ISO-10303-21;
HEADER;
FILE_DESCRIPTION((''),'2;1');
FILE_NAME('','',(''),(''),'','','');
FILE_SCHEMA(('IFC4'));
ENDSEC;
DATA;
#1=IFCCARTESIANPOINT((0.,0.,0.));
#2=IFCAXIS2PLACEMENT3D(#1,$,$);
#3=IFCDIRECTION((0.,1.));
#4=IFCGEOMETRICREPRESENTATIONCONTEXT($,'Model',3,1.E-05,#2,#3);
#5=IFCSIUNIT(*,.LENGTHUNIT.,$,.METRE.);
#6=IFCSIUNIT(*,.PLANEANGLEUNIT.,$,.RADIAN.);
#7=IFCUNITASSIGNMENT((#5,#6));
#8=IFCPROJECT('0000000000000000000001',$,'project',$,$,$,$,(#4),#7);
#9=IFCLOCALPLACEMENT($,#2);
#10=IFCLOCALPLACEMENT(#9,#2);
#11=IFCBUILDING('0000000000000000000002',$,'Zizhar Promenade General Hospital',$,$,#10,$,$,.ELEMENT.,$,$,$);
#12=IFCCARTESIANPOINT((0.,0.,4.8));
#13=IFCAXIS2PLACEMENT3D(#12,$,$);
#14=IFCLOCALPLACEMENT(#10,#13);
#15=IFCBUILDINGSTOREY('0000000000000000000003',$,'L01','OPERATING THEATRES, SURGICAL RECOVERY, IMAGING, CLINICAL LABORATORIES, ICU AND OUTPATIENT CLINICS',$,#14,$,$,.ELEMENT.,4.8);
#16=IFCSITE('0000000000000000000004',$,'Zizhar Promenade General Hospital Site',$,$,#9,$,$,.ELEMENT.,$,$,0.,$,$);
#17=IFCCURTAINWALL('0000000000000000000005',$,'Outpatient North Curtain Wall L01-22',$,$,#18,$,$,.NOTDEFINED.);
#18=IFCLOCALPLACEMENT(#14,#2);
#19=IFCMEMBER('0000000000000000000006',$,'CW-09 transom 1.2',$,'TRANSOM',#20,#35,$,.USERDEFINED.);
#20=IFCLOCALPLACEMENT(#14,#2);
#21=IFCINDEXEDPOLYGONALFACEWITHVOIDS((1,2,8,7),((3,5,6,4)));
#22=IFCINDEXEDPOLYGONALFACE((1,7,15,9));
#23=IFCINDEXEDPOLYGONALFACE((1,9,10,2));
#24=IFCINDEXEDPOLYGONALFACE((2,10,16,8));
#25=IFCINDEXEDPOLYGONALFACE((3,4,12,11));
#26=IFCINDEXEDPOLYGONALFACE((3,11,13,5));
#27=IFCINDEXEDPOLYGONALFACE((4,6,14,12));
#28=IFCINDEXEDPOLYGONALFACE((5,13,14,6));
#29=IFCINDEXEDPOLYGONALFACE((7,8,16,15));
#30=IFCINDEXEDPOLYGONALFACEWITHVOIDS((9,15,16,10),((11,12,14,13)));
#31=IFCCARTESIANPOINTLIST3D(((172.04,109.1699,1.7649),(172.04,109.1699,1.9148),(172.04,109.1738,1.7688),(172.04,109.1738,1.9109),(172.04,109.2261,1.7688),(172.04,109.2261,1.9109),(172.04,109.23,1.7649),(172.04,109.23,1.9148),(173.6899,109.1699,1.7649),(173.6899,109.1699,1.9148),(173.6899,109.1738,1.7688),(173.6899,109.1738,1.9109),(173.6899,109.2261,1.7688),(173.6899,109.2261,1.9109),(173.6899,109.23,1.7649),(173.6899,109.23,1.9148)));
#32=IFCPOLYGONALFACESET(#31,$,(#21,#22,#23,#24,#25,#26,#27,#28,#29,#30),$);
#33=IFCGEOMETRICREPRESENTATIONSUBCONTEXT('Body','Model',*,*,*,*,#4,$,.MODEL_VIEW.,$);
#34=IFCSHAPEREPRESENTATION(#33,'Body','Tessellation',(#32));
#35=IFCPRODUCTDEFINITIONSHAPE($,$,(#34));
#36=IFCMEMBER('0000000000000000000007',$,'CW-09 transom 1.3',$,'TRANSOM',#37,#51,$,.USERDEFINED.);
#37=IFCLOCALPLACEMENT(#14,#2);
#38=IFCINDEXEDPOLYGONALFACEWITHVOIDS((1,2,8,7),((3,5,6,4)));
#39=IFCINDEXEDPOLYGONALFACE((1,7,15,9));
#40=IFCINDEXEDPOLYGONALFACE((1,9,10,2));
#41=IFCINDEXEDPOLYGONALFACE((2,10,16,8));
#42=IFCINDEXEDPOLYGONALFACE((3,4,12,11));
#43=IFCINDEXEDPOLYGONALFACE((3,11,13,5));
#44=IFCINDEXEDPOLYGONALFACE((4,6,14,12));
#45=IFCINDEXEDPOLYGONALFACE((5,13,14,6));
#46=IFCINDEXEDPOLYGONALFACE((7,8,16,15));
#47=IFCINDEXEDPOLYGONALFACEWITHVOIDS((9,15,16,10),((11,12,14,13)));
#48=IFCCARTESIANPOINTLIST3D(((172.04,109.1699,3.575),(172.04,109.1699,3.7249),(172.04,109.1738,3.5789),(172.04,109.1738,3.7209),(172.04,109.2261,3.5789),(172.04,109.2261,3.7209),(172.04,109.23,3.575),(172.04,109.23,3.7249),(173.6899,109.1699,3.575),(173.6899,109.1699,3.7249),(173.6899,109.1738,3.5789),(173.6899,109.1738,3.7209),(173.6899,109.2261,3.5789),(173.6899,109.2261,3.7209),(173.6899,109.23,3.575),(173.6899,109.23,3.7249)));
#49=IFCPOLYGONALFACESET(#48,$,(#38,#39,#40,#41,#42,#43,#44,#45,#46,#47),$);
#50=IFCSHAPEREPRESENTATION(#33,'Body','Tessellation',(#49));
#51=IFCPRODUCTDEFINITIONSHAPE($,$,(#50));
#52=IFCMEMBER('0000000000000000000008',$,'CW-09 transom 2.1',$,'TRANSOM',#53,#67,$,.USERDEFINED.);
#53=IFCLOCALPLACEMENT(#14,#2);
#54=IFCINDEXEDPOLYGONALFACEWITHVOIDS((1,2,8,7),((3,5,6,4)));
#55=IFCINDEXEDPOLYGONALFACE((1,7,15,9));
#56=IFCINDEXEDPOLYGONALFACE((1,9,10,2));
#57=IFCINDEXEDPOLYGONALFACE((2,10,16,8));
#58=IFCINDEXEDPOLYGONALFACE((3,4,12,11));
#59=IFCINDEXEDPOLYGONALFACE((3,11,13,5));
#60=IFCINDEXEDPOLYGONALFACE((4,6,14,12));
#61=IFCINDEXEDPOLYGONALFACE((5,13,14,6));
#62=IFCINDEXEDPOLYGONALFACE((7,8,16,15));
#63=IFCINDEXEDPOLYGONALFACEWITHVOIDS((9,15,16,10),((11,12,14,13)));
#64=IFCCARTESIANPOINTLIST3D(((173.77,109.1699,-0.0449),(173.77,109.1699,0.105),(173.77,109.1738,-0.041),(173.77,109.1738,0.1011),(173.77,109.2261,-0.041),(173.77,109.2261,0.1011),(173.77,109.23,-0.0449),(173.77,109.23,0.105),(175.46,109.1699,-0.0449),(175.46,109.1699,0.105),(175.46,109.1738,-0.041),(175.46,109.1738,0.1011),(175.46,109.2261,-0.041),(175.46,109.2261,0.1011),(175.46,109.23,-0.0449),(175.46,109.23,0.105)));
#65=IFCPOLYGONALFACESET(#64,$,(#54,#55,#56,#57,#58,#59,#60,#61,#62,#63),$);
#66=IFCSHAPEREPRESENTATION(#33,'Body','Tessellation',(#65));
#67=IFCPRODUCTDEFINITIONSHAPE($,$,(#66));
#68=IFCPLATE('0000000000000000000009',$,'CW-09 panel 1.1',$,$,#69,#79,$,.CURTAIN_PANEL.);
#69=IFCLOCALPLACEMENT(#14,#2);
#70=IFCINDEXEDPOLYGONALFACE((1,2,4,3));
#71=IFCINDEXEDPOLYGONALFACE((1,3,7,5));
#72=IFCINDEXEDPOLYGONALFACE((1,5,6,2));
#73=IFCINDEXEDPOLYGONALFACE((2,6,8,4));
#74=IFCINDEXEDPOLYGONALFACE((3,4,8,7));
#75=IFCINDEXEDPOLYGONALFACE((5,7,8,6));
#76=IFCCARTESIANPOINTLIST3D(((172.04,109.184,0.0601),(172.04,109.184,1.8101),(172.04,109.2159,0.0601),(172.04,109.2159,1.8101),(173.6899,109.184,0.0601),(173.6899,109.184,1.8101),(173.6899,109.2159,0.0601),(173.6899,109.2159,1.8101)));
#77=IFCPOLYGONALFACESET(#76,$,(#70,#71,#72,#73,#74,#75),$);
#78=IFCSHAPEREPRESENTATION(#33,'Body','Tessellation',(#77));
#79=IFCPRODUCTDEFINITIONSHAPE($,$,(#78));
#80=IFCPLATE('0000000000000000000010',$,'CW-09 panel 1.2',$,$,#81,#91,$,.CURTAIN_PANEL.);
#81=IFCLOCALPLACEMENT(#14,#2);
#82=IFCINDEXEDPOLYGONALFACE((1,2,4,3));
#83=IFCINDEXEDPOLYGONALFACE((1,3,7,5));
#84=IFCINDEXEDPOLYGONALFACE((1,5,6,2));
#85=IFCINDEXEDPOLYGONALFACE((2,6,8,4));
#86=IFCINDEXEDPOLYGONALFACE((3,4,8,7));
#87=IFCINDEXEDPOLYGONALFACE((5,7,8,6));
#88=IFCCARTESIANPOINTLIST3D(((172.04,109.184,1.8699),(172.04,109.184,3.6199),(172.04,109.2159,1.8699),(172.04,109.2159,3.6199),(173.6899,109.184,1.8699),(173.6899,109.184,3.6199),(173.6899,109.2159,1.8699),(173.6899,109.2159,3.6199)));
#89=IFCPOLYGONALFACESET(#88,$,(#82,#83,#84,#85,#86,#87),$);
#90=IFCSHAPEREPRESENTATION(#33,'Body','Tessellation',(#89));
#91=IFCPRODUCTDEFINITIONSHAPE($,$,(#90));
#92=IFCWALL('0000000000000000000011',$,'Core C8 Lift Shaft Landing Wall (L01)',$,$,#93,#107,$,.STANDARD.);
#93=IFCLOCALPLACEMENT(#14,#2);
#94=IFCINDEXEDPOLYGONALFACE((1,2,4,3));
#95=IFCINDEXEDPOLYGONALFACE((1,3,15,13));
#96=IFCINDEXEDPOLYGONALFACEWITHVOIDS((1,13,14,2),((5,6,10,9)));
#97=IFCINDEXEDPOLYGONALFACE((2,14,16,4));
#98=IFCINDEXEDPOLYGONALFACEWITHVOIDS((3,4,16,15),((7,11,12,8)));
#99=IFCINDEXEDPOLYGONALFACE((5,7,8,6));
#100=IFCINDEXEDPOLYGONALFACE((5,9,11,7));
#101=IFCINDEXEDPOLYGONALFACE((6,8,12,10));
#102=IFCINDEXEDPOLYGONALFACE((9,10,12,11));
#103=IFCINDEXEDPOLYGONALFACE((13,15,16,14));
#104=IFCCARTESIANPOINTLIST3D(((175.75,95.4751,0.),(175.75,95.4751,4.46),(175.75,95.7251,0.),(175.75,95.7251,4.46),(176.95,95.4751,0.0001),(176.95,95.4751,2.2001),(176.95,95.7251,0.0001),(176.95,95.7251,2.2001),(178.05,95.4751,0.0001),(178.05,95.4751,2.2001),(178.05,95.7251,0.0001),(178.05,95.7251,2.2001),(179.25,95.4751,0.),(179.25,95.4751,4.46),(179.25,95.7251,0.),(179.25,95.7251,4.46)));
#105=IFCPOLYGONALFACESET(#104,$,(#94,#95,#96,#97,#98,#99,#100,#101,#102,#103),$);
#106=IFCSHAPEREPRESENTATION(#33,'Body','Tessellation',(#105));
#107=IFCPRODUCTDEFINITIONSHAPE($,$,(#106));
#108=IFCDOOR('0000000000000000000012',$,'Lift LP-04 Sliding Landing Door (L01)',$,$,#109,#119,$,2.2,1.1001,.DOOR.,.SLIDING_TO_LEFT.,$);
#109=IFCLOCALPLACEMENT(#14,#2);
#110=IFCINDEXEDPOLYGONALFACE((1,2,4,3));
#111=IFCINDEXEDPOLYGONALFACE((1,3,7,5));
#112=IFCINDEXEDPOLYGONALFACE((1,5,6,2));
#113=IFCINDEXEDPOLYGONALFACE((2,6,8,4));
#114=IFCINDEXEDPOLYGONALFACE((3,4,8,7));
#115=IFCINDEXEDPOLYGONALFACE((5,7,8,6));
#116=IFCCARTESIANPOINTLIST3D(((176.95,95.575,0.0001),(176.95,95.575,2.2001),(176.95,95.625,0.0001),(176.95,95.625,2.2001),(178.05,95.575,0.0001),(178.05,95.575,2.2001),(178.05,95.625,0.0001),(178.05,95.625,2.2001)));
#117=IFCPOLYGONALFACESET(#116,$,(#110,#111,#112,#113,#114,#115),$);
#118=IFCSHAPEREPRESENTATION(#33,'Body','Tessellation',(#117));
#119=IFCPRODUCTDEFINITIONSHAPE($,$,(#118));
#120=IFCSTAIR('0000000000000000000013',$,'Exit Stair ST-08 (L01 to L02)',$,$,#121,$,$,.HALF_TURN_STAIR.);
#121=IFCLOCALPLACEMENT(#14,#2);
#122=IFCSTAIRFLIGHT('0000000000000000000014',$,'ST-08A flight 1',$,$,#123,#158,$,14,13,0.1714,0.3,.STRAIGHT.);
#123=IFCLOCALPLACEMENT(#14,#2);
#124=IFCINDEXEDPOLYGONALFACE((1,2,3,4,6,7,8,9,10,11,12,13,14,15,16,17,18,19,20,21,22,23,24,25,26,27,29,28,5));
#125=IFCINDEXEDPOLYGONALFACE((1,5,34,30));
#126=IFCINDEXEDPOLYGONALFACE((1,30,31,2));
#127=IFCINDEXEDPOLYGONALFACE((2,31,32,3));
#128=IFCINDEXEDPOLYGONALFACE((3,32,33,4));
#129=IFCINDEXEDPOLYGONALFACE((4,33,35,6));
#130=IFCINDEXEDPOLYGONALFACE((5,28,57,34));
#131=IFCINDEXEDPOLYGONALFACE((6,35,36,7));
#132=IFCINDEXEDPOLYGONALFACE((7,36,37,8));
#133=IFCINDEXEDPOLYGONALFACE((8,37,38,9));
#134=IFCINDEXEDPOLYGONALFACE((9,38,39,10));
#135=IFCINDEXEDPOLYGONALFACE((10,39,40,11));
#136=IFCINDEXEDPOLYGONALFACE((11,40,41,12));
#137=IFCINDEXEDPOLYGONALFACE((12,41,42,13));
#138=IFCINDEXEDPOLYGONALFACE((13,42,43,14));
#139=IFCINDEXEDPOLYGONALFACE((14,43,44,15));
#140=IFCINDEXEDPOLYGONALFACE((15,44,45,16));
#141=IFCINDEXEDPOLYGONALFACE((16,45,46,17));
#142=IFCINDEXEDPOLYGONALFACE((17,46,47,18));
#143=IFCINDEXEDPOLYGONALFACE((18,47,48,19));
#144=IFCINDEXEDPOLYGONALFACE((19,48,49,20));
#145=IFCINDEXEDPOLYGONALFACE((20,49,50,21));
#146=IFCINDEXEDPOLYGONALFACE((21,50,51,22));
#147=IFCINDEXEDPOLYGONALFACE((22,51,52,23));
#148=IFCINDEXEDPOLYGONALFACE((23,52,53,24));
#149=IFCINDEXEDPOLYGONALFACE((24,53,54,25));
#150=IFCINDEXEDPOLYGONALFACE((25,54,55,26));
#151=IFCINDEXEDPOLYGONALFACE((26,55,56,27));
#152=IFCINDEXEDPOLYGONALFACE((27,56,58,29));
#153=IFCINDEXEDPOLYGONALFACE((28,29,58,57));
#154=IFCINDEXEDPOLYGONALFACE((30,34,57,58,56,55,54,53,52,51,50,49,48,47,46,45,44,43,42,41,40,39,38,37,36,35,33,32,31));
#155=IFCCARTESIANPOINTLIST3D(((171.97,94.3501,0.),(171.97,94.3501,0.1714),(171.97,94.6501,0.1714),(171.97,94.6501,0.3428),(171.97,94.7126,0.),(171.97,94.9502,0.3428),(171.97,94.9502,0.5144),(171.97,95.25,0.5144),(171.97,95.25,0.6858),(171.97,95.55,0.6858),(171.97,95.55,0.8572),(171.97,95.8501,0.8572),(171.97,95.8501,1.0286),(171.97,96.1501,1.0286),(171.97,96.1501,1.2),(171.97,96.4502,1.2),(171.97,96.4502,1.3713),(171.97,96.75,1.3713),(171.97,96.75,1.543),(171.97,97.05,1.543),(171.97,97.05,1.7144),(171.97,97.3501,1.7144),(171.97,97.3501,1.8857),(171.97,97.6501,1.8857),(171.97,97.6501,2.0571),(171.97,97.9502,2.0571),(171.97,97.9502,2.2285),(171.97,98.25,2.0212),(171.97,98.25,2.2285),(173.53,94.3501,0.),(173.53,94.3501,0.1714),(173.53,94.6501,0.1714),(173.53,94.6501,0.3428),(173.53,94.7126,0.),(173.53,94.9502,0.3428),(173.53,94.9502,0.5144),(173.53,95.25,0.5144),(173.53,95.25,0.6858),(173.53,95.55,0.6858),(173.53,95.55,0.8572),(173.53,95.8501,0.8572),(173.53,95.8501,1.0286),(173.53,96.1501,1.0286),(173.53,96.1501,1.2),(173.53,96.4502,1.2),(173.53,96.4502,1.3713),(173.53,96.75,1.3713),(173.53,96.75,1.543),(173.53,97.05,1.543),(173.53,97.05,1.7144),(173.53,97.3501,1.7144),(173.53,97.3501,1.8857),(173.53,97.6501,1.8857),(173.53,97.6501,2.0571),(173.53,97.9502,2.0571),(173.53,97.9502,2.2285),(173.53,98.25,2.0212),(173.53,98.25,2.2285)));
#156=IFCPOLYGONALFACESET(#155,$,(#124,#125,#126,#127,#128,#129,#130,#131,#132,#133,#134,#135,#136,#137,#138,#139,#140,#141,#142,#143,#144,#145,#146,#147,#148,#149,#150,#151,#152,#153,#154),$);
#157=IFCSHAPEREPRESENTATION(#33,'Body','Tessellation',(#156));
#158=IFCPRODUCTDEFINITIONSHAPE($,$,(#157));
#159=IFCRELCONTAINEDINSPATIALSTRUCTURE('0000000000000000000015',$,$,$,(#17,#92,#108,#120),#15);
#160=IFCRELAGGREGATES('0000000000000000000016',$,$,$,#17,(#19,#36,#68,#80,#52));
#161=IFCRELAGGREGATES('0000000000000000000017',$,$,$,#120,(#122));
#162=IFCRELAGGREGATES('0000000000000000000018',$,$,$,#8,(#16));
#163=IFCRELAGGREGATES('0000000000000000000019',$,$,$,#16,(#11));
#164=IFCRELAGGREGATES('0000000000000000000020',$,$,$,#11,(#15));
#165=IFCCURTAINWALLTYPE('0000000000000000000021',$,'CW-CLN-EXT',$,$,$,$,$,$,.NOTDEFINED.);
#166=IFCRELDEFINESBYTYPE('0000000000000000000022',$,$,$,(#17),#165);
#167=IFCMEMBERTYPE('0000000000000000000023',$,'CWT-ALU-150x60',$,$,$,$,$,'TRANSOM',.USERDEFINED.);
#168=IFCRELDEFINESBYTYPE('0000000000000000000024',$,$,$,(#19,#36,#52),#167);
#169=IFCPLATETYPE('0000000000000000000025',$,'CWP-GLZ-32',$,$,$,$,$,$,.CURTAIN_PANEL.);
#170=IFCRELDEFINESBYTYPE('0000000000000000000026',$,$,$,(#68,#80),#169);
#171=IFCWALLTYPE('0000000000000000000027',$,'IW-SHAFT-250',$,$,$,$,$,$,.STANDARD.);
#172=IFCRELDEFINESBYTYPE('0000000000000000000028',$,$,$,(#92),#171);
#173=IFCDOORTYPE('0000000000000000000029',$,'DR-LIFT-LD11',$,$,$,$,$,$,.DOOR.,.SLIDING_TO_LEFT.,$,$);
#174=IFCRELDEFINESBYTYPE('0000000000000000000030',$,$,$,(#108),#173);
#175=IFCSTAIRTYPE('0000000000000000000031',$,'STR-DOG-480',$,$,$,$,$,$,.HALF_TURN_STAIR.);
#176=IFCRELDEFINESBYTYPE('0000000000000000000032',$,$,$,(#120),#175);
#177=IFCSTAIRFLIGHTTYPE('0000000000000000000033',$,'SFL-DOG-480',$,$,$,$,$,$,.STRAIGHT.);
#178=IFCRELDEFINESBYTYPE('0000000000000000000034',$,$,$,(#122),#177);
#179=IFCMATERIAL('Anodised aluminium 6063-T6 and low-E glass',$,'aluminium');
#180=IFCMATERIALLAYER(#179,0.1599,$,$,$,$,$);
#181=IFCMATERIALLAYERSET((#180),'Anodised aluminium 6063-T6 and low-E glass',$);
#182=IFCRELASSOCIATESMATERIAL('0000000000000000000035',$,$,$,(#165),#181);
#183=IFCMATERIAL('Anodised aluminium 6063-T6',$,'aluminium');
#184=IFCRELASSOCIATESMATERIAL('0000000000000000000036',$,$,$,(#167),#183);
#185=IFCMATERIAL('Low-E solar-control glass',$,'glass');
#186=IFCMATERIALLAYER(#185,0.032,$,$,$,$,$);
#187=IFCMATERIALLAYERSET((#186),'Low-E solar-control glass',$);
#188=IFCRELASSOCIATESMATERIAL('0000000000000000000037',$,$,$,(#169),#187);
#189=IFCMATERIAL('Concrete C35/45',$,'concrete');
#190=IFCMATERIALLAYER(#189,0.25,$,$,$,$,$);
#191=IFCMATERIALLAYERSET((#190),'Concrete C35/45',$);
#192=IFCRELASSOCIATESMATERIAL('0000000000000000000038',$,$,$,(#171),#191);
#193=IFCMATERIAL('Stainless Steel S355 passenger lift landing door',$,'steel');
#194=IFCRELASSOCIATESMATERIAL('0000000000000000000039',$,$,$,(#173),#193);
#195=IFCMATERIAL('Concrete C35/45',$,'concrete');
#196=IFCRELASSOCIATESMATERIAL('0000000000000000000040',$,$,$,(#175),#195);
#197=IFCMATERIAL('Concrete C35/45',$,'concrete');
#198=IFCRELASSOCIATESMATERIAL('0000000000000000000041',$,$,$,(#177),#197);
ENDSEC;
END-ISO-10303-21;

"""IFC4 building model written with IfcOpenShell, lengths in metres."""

from ifc_helpers import new_model, si_unit, direction, frame, frame_2d, origin, origin_2d, place, context, subcontext, project, spatial, polyline, rectangle, hollow_rectangle, outline, extrude, material, layer, layer_set, material_profile, profile_set, type_object, element, fill, aggregate, save


model = new_model("IFC4")

# Units and contexts
model_context = context("Model", 3, precision=1e-05, world=origin(), true_north=direction((0.0, 1.0)))
body_context = subcontext(model_context, "Body", "Model", "MODEL_VIEW")
ifc_project = project(units=[si_unit("LENGTHUNIT", "METRE"), si_unit("PLANEANGLEUNIT", "RADIAN")], contexts=[model_context])

# Site, building, storey
site_placement = place(None, origin())
site = spatial("IfcSite", under=ifc_project, at=site_placement, Name="Zizhar Promenade General Hospital Site", CompositionType="ELEMENT", RefElevation=0.0)
building_placement = place(site_placement, origin())
building = spatial("IfcBuilding", under=site, at=building_placement, Name="Zizhar Promenade General Hospital", CompositionType="ELEMENT")
storey_placement = place(building_placement, frame((0.0, 0.0, 4.8)))
storey = spatial("IfcBuildingStorey", under=building, at=storey_placement, Name="L01", Description="OPERATING THEATRES, SURGICAL RECOVERY, IMAGING, CLINICAL LABORATORIES, ICU AND OUTPATIENT CLINICS", CompositionType="ELEMENT", Elevation=4.8)

# Curtain wall, members, plates
ifc_material_1 = material(Name="Anodised aluminium 6063-T6 and low-E glass", Category="aluminium")
ifc_layer_1 = layer(ifc_material_1, 0.1599)
ifc_layer_set_1 = layer_set([ifc_layer_1], Name="Anodised aluminium 6063-T6 and low-E glass")
curtain_wall_type = type_object("IfcCurtainWallType", Name="CW-CLN-EXT", PredefinedType="NOTDEFINED", material=ifc_layer_set_1)
curtain_wall_placement = place(storey_placement, origin())
curtain_wall = element("IfcCurtainWall", 1, at=curtain_wall_placement, inside=storey, type_object=curtain_wall_type, Name="Outpatient North Curtain Wall L01-22", PredefinedType="NOTDEFINED")
ifc_material_2 = material(Name="Anodised aluminium 6063-T6", Category="aluminium")
ifc_material_profile_1 = material_profile(ifc_material_2, hollow_rectangle(XDim=0.0601, YDim=0.1499, WallThickness=0.0039, at=origin_2d()))
ifc_profile_set_1 = profile_set([ifc_material_profile_1], Name="Anodised aluminium 6063-T6")
member_type_1 = type_object("IfcMemberType", Name="CWT-ALU-150x60", ElementType="TRANSOM", PredefinedType="USERDEFINED", material=ifc_profile_set_1)
member_1_placement = place(storey_placement, frame((172.04, 109.2, 1.8398), z_axis=(1.0, 0.0, 0.0), x_axis=(0.0, 1.0, 0.0)))
member_1 = element("IfcMember", 2, at=member_1_placement, type_object=member_type_1, Name="CW-09 transom 1.2", ObjectType="TRANSOM", PredefinedType="USERDEFINED", context=body_context, shape_type="SweptSolid", body=[
    extrude(hollow_rectangle(XDim=0.0601, YDim=0.1499, WallThickness=0.0039, at=origin_2d()), origin(), (0.0, 0.0, 1.0), 1.6499),
])
member_2_placement = place(storey_placement, frame((172.04, 109.2, 3.6499), z_axis=(1.0, 0.0, 0.0), x_axis=(0.0, 1.0, 0.0)))
member_2 = element("IfcMember", 3, at=member_2_placement, type_object=member_type_1, Name="CW-09 transom 1.3", ObjectType="TRANSOM", PredefinedType="USERDEFINED", context=body_context, shape_type="SweptSolid", body=[
    extrude(hollow_rectangle(XDim=0.0601, YDim=0.1499, WallThickness=0.0039, at=origin_2d()), origin(), (0.0, 0.0, 1.0), 1.6499),
])
member_3_placement = place(storey_placement, frame((173.77, 109.2, 0.03), z_axis=(1.0, 0.0, 0.0), x_axis=(0.0, 1.0, 0.0)))
member_3 = element("IfcMember", 4, at=member_3_placement, type_object=member_type_1, Name="CW-09 transom 2.1", ObjectType="TRANSOM", PredefinedType="USERDEFINED", context=body_context, shape_type="SweptSolid", body=[
    extrude(hollow_rectangle(XDim=0.0601, YDim=0.1499, WallThickness=0.0039, at=origin_2d()), origin(), (0.0, 0.0, 1.0), 1.6899),
])
ifc_material_3 = material(Name="Low-E solar-control glass", Category="glass")
ifc_layer_2 = layer(ifc_material_3, 0.032)
ifc_layer_set_2 = layer_set([ifc_layer_2], Name="Low-E solar-control glass")
plate_type = type_object("IfcPlateType", Name="CWP-GLZ-32", PredefinedType="CURTAIN_PANEL", material=ifc_layer_set_2)
plate_1_placement = place(storey_placement, frame((172.865, 109.2, 0.0601), z_axis=(0.0, 0.0, 1.0), x_axis=(1.0, 0.0, 0.0)))
plate_1 = element("IfcPlate", 5, at=plate_1_placement, type_object=plate_type, Name="CW-09 panel 1.1", PredefinedType="CURTAIN_PANEL", context=body_context, shape_type="SweptSolid", body=[
    extrude(rectangle(XDim=1.6499, YDim=0.032, at=origin_2d()), origin(), (0.0, 0.0, 1.0), 1.75),
])
plate_2_placement = place(storey_placement, frame((172.865, 109.2, 1.8699), z_axis=(0.0, 0.0, 1.0), x_axis=(1.0, 0.0, 0.0)))
plate_2 = element("IfcPlate", 6, at=plate_2_placement, type_object=plate_type, Name="CW-09 panel 1.2", PredefinedType="CURTAIN_PANEL", context=body_context, shape_type="SweptSolid", body=[
    extrude(rectangle(XDim=1.6499, YDim=0.032, at=origin_2d()), origin(), (0.0, 0.0, 1.0), 1.75),
])
aggregate(curtain_wall, [member_1, member_2, plate_1, plate_2, member_3])

# Wall, opening, door
ifc_material_4 = material(Name="Concrete C35/45", Category="concrete")
ifc_layer_3 = layer(ifc_material_4, 0.25)
ifc_layer_set_3 = layer_set([ifc_layer_3], Name="Concrete C35/45")
wall_type = type_object("IfcWallType", Name="IW-SHAFT-250", PredefinedType="STANDARD", material=ifc_layer_set_3)
wall_placement = place(storey_placement, frame((175.75, 95.6001, 0.0), z_axis=(0.0, 0.0, 1.0), x_axis=(1.0, 0.0, 0.0)))
wall = element("IfcWall", 7, at=wall_placement, inside=storey, type_object=wall_type, Name="Core C8 Lift Shaft Landing Wall (L01)", PredefinedType="STANDARD", context=body_context, shape_type="SweptSolid", body=[
    extrude(rectangle(XDim=3.5, YDim=0.25, at=frame_2d((1.75, 0.0))), origin(), (0.0, 0.0, 1.0), 4.46),
])
opening_placement = place(wall_placement, frame((1.2, 0.0, 0.0)))
opening = element("IfcOpeningElement", 8, at=opening_placement, cuts=wall, PredefinedType="OPENING", context=body_context, shape_type="SweptSolid", body=[
    extrude(rectangle(XDim=1.1001, YDim=2.2, at=frame_2d((0.55, 1.1001))), frame((0.0, 0.135, 0.0), z_axis=(0.0, -1.0, 0.0), x_axis=(1.0, 0.0, 0.0)), (0.0, 0.0, 1.0), 0.27),
])
ifc_material_5 = material(Name="Stainless Steel S355 passenger lift landing door", Category="steel")
door_type = type_object("IfcDoorType", Name="DR-LIFT-LD11", OperationType="SLIDING_TO_LEFT", PredefinedType="DOOR", material=ifc_material_5)
door_placement = place(opening_placement, origin())
door = element("IfcDoor", 9, at=door_placement, inside=storey, type_object=door_type, Name="Lift LP-04 Sliding Landing Door (L01)", OperationType="SLIDING_TO_LEFT", OverallHeight=2.2, OverallWidth=1.1001, PredefinedType="DOOR", context=body_context, shape_type="SweptSolid", body=[
    extrude(rectangle(XDim=1.1001, YDim=2.2, at=frame_2d((0.55, 1.1001))), frame((0.0, 0.0249, 0.0), z_axis=(0.0, -1.0, 0.0), x_axis=(1.0, 0.0, 0.0)), (0.0, 0.0, 1.0), 0.05),
])
fill(opening, door)

# Stair, stair flight
ifc_material_6 = material(Name="Concrete C35/45", Category="concrete")
stair_type = type_object("IfcStairType", Name="STR-DOG-480", PredefinedType="HALF_TURN_STAIR", material=ifc_material_6)
stair_placement = place(storey_placement, origin())
stair = element("IfcStair", 10, at=stair_placement, inside=storey, type_object=stair_type, Name="Exit Stair ST-08 (L01 to L02)", PredefinedType="HALF_TURN_STAIR")
ifc_material_7 = material(Name="Concrete C35/45", Category="concrete")
stair_flight_type = type_object("IfcStairFlightType", Name="SFL-DOG-480", PredefinedType="STRAIGHT", material=ifc_material_7)
stair_flight_1_placement = place(storey_placement, frame((172.75, 94.3501, 0.0), z_axis=(0.0, 0.0, 1.0), x_axis=(0.0, 1.0, 0.0)))
stair_flight_1 = element("IfcStairFlight", 11, at=stair_flight_1_placement, type_object=stair_flight_type, Name="ST-08A flight 1", NumberOfRisers=14, NumberOfTreads=13, PredefinedType="STRAIGHT", RiserHeight=0.1714, TreadLength=0.3, context=body_context, shape_type="SweptSolid", body=[
    extrude(outline(polyline([(0.0, 0.0), (0.0, 0.1714), (0.3, 0.1714), (0.3, 0.3428), (0.6001, 0.3428), (0.6001, 0.5144), (0.8999, 0.5144), (0.8999, 0.6858), (1.2, 0.6858), (1.2, 0.8572), (1.5, 0.8572), (1.5, 1.0286), (1.8, 1.0286), (1.8, 1.2), (2.1001, 1.2), (2.1001, 1.3713), (2.3999, 1.3713), (2.3999, 1.543), (2.7, 1.543), (2.7, 1.7144), (3.0, 1.7144), (3.0, 1.8857), (3.3, 1.8857), (3.3, 2.0571), (3.6001, 2.0571), (3.6001, 2.2285), (3.8999, 2.2285), (3.8999, 2.3999), (3.8999, 2.0212), (0.3625, 0.0), (0.0, 0.0)])), frame((0.0, 0.78, 0.0), z_axis=(0.0, -1.0, 0.0), x_axis=(1.0, 0.0, 0.0)), (0.0, 0.0, 1.0), 1.5601),
])
aggregate(stair, [stair_flight_1])

save(model, "model.ifc")
